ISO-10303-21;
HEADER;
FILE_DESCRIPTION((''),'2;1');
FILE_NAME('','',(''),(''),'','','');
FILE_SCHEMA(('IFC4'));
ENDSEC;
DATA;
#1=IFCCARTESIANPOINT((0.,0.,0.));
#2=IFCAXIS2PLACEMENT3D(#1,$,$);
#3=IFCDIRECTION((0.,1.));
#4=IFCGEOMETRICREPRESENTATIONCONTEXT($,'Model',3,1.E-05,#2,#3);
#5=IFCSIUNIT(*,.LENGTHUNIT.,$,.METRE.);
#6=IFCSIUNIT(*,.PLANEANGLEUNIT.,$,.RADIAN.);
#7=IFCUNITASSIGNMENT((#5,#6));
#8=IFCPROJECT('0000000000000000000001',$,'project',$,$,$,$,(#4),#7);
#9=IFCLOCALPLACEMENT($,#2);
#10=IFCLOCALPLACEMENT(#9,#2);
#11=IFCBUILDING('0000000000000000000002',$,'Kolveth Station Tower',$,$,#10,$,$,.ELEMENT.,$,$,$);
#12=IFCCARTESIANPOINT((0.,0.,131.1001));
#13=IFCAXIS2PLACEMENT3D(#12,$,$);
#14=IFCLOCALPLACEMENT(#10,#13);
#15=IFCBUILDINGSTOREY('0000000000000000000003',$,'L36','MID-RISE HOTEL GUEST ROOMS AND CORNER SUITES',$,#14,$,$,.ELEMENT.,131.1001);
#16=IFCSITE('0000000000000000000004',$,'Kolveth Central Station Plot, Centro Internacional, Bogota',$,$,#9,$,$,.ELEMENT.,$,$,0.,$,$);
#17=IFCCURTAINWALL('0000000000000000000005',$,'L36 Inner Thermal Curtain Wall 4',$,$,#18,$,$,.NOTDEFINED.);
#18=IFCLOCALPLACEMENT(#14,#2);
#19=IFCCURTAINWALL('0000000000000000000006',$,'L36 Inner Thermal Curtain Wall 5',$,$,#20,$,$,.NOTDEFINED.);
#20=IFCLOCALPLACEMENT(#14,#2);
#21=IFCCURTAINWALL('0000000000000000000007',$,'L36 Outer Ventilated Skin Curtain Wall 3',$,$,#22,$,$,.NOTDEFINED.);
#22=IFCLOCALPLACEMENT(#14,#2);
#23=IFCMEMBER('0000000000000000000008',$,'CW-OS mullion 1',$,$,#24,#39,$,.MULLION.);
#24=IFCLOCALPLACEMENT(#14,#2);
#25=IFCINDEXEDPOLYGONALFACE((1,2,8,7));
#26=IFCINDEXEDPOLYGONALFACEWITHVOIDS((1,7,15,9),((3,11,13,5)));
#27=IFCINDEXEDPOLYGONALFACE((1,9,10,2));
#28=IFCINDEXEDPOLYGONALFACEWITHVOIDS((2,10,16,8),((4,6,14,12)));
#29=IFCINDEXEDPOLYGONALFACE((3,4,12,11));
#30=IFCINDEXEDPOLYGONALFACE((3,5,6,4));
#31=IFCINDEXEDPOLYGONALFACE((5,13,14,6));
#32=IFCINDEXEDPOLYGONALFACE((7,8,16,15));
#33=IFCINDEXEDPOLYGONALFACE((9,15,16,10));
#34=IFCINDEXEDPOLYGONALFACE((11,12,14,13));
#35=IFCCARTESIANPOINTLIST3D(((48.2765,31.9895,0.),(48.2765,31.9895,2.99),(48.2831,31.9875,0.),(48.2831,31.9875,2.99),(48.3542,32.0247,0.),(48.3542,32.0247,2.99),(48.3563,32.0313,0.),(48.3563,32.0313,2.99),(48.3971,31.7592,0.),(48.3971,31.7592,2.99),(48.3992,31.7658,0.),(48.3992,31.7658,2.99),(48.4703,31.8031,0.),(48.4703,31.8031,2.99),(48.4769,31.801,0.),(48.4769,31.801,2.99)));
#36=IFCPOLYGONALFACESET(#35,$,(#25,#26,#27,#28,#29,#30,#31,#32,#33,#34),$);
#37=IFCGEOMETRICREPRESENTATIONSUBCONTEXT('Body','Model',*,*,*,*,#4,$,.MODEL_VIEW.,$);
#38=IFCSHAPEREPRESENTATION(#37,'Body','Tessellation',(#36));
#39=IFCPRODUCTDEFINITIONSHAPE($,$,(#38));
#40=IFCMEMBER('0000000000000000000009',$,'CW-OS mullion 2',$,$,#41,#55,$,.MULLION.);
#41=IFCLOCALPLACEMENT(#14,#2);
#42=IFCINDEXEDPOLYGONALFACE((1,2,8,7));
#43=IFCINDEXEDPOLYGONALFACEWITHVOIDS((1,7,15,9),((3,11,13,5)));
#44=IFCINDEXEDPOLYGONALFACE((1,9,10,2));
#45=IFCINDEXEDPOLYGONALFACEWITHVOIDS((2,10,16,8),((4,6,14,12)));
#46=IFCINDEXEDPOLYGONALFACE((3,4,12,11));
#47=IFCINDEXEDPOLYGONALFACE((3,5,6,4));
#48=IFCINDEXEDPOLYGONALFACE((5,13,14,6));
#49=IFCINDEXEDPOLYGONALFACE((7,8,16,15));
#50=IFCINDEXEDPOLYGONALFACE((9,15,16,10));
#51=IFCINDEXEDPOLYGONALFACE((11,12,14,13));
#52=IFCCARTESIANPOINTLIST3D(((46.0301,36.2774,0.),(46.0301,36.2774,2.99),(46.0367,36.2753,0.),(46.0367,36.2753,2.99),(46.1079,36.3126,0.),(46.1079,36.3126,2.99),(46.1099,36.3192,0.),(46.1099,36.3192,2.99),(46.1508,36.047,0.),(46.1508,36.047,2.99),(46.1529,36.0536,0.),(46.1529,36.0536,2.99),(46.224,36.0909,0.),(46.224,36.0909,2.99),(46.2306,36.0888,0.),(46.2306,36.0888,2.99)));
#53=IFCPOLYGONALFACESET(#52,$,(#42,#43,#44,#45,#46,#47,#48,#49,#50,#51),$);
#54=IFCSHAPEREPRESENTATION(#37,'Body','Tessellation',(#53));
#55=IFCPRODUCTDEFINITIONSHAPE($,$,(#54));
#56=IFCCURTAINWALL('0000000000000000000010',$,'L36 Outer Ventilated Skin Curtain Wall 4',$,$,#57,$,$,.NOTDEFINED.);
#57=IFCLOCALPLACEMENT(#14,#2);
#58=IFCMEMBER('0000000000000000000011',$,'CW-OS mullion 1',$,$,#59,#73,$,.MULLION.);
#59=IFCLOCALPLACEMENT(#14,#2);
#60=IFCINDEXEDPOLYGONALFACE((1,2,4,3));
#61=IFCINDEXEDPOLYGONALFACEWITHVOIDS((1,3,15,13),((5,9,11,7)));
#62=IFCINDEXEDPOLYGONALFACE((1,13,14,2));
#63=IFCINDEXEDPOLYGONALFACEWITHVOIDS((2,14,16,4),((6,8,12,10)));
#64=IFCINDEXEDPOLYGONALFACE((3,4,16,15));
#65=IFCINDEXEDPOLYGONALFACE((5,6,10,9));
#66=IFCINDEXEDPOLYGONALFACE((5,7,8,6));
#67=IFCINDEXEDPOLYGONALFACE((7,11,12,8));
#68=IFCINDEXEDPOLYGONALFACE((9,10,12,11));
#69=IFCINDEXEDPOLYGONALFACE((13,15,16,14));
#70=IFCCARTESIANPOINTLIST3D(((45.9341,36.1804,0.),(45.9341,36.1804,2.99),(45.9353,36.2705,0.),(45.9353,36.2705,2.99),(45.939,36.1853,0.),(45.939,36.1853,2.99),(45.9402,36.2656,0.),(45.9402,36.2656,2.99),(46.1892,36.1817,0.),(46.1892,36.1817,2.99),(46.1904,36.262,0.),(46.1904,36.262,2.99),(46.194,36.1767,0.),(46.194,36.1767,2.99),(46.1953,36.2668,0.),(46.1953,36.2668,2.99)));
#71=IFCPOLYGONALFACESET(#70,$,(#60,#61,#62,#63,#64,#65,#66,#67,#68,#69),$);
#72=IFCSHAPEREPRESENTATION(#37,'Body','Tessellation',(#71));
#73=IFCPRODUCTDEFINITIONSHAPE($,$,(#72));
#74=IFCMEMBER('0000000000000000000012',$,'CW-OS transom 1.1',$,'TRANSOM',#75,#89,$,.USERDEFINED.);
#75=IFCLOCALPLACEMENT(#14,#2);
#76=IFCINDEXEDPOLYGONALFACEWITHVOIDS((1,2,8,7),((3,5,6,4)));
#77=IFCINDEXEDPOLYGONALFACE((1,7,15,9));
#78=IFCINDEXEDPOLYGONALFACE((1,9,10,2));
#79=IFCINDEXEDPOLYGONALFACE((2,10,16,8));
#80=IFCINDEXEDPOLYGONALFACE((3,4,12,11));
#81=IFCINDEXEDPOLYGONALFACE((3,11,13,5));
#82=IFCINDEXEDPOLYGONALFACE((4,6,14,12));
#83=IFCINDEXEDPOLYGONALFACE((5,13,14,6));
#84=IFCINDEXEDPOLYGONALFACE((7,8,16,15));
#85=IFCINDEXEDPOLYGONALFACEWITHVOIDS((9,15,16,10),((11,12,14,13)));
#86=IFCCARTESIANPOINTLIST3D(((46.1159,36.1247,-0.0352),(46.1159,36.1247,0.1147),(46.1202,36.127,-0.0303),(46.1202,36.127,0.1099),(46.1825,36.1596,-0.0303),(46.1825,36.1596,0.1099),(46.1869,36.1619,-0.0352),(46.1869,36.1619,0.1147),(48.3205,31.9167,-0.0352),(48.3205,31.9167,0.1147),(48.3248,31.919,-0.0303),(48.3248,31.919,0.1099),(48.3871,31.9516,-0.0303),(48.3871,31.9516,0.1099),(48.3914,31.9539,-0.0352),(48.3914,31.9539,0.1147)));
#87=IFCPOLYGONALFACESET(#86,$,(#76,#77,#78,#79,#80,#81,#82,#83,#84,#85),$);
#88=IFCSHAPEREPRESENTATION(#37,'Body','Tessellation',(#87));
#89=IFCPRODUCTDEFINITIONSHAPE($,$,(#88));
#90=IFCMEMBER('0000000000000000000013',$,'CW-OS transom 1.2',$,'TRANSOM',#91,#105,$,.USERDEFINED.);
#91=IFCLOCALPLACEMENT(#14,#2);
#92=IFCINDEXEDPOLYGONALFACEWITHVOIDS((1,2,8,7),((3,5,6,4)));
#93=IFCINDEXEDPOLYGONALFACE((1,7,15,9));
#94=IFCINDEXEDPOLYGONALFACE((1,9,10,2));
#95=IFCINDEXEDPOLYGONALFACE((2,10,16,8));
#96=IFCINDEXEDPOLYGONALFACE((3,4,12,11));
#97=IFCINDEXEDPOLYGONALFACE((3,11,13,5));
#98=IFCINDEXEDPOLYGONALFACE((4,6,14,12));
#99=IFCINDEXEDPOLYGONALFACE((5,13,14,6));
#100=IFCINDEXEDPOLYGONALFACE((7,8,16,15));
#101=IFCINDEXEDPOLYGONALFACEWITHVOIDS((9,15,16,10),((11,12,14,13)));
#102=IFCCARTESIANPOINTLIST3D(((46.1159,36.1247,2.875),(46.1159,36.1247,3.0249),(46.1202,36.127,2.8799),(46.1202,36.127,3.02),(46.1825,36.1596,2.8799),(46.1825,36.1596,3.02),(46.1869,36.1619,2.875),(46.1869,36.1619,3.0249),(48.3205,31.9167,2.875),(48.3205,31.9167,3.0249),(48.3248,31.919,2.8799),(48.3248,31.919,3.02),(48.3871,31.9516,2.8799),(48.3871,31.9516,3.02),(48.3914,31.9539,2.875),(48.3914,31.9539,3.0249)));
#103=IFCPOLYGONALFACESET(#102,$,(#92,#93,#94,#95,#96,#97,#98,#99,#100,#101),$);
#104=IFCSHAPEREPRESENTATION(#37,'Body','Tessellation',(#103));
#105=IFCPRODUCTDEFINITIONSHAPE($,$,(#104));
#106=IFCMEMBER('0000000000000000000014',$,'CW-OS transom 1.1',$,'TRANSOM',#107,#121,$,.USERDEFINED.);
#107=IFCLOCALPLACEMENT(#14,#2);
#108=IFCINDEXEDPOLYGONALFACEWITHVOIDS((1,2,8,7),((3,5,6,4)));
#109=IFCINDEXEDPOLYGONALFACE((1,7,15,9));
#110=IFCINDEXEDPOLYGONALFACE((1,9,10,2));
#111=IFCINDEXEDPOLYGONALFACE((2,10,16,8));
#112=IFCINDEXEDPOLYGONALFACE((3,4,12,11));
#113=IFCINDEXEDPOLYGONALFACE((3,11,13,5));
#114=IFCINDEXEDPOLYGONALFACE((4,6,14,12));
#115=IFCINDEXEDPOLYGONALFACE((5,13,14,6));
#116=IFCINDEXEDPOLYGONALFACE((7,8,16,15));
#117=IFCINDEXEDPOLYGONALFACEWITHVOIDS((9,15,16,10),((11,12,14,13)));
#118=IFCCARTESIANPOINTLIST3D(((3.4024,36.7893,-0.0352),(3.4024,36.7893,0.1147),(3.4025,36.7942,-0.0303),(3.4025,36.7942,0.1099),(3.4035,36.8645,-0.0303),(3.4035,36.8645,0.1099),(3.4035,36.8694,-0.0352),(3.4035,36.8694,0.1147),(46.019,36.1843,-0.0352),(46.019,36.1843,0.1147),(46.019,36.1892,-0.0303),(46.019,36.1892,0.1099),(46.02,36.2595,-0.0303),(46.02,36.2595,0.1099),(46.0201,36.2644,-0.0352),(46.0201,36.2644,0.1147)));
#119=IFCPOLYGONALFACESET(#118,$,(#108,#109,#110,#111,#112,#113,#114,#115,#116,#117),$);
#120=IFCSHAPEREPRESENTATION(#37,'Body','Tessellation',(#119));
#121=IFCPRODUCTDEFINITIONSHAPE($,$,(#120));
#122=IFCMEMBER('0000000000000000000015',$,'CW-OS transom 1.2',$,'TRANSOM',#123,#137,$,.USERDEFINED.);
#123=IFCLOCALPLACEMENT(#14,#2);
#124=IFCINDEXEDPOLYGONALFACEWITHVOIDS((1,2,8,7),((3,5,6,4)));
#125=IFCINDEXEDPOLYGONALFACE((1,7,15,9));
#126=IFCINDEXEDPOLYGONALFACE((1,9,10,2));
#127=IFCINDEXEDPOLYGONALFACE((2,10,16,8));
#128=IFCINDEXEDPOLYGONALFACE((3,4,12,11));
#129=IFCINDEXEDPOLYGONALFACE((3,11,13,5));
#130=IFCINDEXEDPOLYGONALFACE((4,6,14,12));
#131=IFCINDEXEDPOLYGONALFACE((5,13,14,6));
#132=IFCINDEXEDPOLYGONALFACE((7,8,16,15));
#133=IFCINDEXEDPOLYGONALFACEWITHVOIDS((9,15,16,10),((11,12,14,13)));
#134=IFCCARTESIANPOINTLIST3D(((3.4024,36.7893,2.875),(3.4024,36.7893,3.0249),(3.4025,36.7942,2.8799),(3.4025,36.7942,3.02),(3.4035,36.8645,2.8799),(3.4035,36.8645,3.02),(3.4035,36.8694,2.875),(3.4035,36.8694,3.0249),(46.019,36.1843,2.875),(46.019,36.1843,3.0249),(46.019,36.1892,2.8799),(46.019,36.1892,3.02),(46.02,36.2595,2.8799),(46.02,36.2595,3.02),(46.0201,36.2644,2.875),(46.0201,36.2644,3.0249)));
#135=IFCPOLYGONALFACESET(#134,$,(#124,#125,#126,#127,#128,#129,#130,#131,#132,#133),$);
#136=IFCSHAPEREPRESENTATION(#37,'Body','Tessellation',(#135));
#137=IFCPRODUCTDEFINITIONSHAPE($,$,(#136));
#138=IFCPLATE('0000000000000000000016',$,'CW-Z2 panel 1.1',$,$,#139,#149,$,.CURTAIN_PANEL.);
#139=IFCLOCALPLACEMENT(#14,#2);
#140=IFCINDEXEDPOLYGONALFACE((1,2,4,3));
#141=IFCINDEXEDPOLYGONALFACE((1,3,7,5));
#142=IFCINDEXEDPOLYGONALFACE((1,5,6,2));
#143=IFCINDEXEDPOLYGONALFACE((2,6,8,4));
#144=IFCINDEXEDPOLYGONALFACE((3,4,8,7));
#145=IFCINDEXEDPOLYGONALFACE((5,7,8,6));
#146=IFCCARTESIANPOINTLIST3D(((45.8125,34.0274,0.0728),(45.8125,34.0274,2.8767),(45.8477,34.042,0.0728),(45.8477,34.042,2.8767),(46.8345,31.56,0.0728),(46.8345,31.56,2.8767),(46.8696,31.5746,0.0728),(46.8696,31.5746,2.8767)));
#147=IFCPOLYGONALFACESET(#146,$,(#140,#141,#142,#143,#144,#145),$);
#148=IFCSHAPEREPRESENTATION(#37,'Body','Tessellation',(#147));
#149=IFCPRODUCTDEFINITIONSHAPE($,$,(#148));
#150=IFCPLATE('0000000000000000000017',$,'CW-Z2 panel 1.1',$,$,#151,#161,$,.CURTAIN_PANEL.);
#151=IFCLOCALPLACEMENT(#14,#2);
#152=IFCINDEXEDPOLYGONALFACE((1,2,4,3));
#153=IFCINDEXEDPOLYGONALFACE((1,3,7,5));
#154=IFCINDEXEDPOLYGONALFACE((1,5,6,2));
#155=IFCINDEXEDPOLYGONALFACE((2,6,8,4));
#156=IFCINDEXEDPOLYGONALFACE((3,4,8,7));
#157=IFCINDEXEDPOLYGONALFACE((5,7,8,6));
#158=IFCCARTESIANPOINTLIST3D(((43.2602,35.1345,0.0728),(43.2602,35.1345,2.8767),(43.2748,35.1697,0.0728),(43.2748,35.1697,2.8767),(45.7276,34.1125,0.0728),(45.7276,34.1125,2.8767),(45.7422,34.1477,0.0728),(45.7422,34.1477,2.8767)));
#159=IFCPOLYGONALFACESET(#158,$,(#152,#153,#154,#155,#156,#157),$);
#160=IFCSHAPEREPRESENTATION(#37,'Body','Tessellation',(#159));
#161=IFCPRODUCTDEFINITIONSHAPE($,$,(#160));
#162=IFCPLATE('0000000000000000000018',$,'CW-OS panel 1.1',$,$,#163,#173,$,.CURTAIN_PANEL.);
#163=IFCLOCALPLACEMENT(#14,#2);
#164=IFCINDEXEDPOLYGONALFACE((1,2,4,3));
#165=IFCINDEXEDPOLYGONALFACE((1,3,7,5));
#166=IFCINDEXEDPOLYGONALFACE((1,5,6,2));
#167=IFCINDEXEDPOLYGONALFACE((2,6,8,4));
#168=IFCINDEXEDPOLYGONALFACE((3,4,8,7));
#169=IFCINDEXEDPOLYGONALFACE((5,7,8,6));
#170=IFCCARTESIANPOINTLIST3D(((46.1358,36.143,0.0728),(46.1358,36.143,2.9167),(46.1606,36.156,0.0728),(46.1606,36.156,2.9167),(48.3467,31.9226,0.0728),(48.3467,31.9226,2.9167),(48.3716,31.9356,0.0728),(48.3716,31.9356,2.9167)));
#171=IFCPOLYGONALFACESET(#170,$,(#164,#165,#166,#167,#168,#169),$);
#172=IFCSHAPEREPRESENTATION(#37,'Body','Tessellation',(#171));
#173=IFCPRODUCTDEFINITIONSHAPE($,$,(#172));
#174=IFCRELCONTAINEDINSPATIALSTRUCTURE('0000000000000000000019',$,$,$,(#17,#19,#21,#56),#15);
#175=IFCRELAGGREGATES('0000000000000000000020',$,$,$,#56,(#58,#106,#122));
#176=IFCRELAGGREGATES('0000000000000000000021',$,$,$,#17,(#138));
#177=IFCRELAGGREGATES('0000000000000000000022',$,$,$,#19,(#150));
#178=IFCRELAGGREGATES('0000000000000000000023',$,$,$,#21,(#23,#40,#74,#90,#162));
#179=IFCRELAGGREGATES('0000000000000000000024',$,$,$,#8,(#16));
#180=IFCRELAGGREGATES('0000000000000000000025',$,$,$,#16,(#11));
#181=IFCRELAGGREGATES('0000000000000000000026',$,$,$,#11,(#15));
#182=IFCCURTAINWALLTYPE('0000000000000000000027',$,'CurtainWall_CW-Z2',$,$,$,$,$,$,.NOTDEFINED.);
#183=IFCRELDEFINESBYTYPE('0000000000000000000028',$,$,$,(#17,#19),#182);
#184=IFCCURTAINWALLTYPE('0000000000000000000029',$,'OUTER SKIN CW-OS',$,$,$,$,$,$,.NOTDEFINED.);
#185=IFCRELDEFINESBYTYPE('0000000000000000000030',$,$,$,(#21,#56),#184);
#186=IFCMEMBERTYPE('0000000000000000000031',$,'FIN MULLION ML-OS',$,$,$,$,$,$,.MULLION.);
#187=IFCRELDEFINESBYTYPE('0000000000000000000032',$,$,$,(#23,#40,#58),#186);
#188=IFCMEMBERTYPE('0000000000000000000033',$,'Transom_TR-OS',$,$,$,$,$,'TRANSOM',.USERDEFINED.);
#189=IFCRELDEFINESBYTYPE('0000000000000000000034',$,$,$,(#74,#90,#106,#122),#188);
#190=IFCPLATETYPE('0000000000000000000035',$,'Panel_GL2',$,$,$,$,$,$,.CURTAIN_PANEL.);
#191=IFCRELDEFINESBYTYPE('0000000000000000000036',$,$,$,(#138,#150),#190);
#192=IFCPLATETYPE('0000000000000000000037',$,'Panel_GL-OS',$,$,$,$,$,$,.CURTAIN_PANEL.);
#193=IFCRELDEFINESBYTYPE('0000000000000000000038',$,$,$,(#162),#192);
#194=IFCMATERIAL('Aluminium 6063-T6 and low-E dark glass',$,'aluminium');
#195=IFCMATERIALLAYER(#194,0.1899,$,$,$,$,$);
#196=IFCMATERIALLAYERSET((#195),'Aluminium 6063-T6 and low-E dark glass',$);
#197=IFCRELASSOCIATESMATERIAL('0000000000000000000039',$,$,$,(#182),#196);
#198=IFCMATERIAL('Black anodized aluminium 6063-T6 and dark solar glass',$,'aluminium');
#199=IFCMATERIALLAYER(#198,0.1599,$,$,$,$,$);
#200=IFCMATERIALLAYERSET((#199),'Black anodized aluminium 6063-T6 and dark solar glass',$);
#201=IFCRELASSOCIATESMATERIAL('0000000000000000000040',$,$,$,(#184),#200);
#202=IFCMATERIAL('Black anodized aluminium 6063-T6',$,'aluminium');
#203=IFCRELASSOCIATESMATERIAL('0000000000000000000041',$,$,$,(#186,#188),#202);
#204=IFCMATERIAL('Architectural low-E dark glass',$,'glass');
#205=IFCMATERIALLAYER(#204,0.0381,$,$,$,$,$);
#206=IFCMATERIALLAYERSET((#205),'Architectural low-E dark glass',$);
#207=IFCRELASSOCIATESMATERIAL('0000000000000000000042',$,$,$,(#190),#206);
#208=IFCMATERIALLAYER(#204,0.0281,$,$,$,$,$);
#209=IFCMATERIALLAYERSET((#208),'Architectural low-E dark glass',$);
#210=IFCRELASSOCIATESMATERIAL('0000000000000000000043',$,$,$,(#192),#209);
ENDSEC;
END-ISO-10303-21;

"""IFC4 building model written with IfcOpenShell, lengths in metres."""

from ifc_helpers import new_model, si_unit, direction, frame, origin, origin_2d, place, context, subcontext, project, spatial, rectangle, hollow_rectangle, extrude, source, transform, mapped, material, layer, layer_set, material_profile, profile_set, type_object, element, aggregate, save


model = new_model("IFC4")

# Units and contexts
model_context = context("Model", 3, precision=1e-05, world=origin(), true_north=direction((0.0, 1.0)))
body_context = subcontext(model_context, "Body", "Model", "MODEL_VIEW")
ifc_project = project(units=[si_unit("LENGTHUNIT", "METRE"), si_unit("PLANEANGLEUNIT", "RADIAN")], contexts=[model_context])

# Site, building, storey
site_placement = place(None, origin())
site = spatial("IfcSite", under=ifc_project, at=site_placement, Name="Kolveth Central Station Plot, Centro Internacional, Bogota", CompositionType="ELEMENT", RefElevation=0.0)
building_placement = place(site_placement, origin())
building = spatial("IfcBuilding", under=site, at=building_placement, Name="Kolveth Station Tower", CompositionType="ELEMENT")
storey_placement = place(building_placement, frame((0.0, 0.0, 131.1001)))
storey = spatial("IfcBuildingStorey", under=building, at=storey_placement, Name="L36", Description="MID-RISE HOTEL GUEST ROOMS AND CORNER SUITES", CompositionType="ELEMENT", Elevation=131.1001)

# Curtain wall
ifc_material_1 = material(Name="Aluminium 6063-T6 and low-E dark glass", Category="aluminium")
ifc_layer_1 = layer(ifc_material_1, 0.1899)
ifc_layer_set_1 = layer_set([ifc_layer_1], Name="Aluminium 6063-T6 and low-E dark glass")
curtain_wall_type_1 = type_object("IfcCurtainWallType", Name="CurtainWall_CW-Z2", PredefinedType="NOTDEFINED", material=ifc_layer_set_1)
curtain_wall_1_placement = place(storey_placement, origin())
curtain_wall_1 = element("IfcCurtainWall", 1, at=curtain_wall_1_placement, inside=storey, type_object=curtain_wall_type_1, Name="L36 Inner Thermal Curtain Wall 4", PredefinedType="NOTDEFINED")
ifc_material_2 = material(Name="Black anodized aluminium 6063-T6", Category="aluminium")

# Curtain wall
curtain_wall_2_placement = place(storey_placement, origin())
curtain_wall_2 = element("IfcCurtainWall", 2, at=curtain_wall_2_placement, inside=storey, type_object=curtain_wall_type_1, Name="L36 Inner Thermal Curtain Wall 5", PredefinedType="NOTDEFINED")

# Shared definitions
ifc_material_3 = material(Name="Black anodized aluminium 6063-T6 and dark solar glass", Category="aluminium")
ifc_layer_2 = layer(ifc_material_3, 0.1599)
ifc_layer_set_2 = layer_set([ifc_layer_2], Name="Black anodized aluminium 6063-T6 and dark solar glass")
curtain_wall_type_2 = type_object("IfcCurtainWallType", Name="OUTER SKIN CW-OS", PredefinedType="NOTDEFINED", material=ifc_layer_set_2)
ifc_material_profile_1 = material_profile(ifc_material_2, hollow_rectangle(XDim=0.0901, YDim=0.26, WallThickness=0.0049, at=origin_2d()), Name="ALU-90x260x5")
ifc_profile_set_1 = profile_set([ifc_material_profile_1], Name="Black anodized aluminium 6063-T6")
member_type_1 = type_object("IfcMemberType", Name="FIN MULLION ML-OS", PredefinedType="MULLION", material=ifc_profile_set_1)
shared_shape_1 = source(origin(), body_context, "Body", "SweptSolid", [
    extrude(hollow_rectangle(XDim=0.0901, YDim=0.26, WallThickness=0.0049, at=origin_2d()), origin(), (0.0, 0.0, 1.0), 2.99),
])

# Curtain wall, members
curtain_wall_3_placement = place(storey_placement, origin())
curtain_wall_3 = element("IfcCurtainWall", 3, at=curtain_wall_3_placement, inside=storey, type_object=curtain_wall_type_2, Name="L36 Outer Ventilated Skin Curtain Wall 3", PredefinedType="NOTDEFINED")
member_1_placement = place(storey_placement, frame((48.3767, 31.8953, 0.0), z_axis=(0.0, 0.0, 1.0), x_axis=(-0.88581, -0.464049, 0.0)))
member_1 = element("IfcMember", 4, at=member_1_placement, type_object=member_type_1, Name="CW-OS mullion 1", PredefinedType="MULLION", context=body_context, shape_type="MappedRepresentation", body=[
    mapped(shared_shape_1, transform((0.0, 0.0, 0.0), x_axis=(1.0, 0.0, 0.0), y_axis=(0.0, 1.0, 0.0), z_axis=(0.0, 0.0, 1.0), scale=1.0)),
])
member_2_placement = place(storey_placement, frame((46.1304, 36.1831, 0.0), z_axis=(0.0, 0.0, 1.0), x_axis=(-0.88581, -0.464049, 0.0)))
member_2 = element("IfcMember", 5, at=member_2_placement, type_object=member_type_1, Name="CW-OS mullion 2", PredefinedType="MULLION", context=body_context, shape_type="MappedRepresentation", body=[
    mapped(shared_shape_1, transform((0.0, 0.0, 0.0), x_axis=(1.0, 0.0, 0.0), y_axis=(0.0, 1.0, 0.0), z_axis=(0.0, 0.0, 1.0), scale=1.0)),
])

# Curtain wall, member
curtain_wall_4_placement = place(storey_placement, origin())
curtain_wall_4 = element("IfcCurtainWall", 6, at=curtain_wall_4_placement, inside=storey, type_object=curtain_wall_type_2, Name="L36 Outer Ventilated Skin Curtain Wall 4", PredefinedType="NOTDEFINED")
member_3_placement = place(storey_placement, frame((46.0647, 36.2236, 0.0), z_axis=(0.0, 0.0, 1.0), x_axis=(-0.014196, -0.999899, 0.0)))
member_3 = element("IfcMember", 7, at=member_3_placement, type_object=member_type_1, Name="CW-OS mullion 1", PredefinedType="MULLION", context=body_context, shape_type="MappedRepresentation", body=[
    mapped(shared_shape_1, transform((0.0, 0.0, 0.0), x_axis=(1.0, 0.0, 0.0), y_axis=(0.0, 1.0, 0.0), z_axis=(0.0, 0.0, 1.0), scale=1.0)),
])

# Members
ifc_material_profile_2 = material_profile(ifc_material_2, hollow_rectangle(XDim=0.0801, YDim=0.1499, WallThickness=0.0049, at=origin_2d()), Name="ALU-80x150x5")
ifc_profile_set_2 = profile_set([ifc_material_profile_2], Name="Black anodized aluminium 6063-T6")
member_type_2 = type_object("IfcMemberType", Name="Transom_TR-OS", ElementType="TRANSOM", PredefinedType="USERDEFINED", material=ifc_profile_set_2)
shared_shape_2 = source(origin(), body_context, "Body", "SweptSolid", [
    extrude(hollow_rectangle(XDim=0.0801, YDim=0.1499, WallThickness=0.0049, at=origin_2d()), origin(), (0.0, 0.0, 1.0), 4.7505),
])
member_4_placement = place(storey_placement, frame((48.356, 31.9353, 0.0398), z_axis=(-0.464072, 0.885797, 0.0), x_axis=(-0.885797, -0.464072, 0.0)))
member_4 = element("IfcMember", 8, at=member_4_placement, type_object=member_type_2, Name="CW-OS transom 1.1", ObjectType="TRANSOM", PredefinedType="USERDEFINED", context=body_context, shape_type="MappedRepresentation", body=[
    mapped(shared_shape_2, transform((0.0, 0.0, 0.0), x_axis=(1.0, 0.0, 0.0), y_axis=(0.0, 1.0, 0.0), z_axis=(0.0, 0.0, 1.0), scale=1.0)),
])
member_5_placement = place(storey_placement, frame((48.356, 31.9353, 2.95), z_axis=(-0.464072, 0.885797, 0.0), x_axis=(-0.885797, -0.464072, 0.0)))
member_5 = element("IfcMember", 9, at=member_5_placement, type_object=member_type_2, Name="CW-OS transom 1.2", ObjectType="TRANSOM", PredefinedType="USERDEFINED", context=body_context, shape_type="MappedRepresentation", body=[
    mapped(shared_shape_2, transform((0.0, 0.0, 0.0), x_axis=(1.0, 0.0, 0.0), y_axis=(0.0, 1.0, 0.0), z_axis=(0.0, 0.0, 1.0), scale=1.0)),
])
shared_shape_3 = source(origin(), body_context, "Body", "SweptSolid", [
    extrude(hollow_rectangle(XDim=0.0801, YDim=0.1499, WallThickness=0.0049, at=origin_2d()), origin(), (0.0, 0.0, 1.0), 42.6208),
])
member_6_placement = place(storey_placement, frame((46.0195, 36.2244, 0.0398), z_axis=(-0.999899, 0.014195, 0.0), x_axis=(-0.014195, -0.999899, 0.0)))
member_6 = element("IfcMember", 10, at=member_6_placement, type_object=member_type_2, Name="CW-OS transom 1.1", ObjectType="TRANSOM", PredefinedType="USERDEFINED", context=body_context, shape_type="MappedRepresentation", body=[
    mapped(shared_shape_3, transform((0.0, 0.0, 0.0), x_axis=(1.0, 0.0, 0.0), y_axis=(0.0, 1.0, 0.0), z_axis=(0.0, 0.0, 1.0), scale=1.0)),
])
member_7_placement = place(storey_placement, frame((46.0195, 36.2244, 2.95), z_axis=(-0.999899, 0.014195, 0.0), x_axis=(-0.014195, -0.999899, 0.0)))
member_7 = element("IfcMember", 11, at=member_7_placement, type_object=member_type_2, Name="CW-OS transom 1.2", ObjectType="TRANSOM", PredefinedType="USERDEFINED", context=body_context, shape_type="MappedRepresentation", body=[
    mapped(shared_shape_3, transform((0.0, 0.0, 0.0), x_axis=(1.0, 0.0, 0.0), y_axis=(0.0, 1.0, 0.0), z_axis=(0.0, 0.0, 1.0), scale=1.0)),
])
aggregate(curtain_wall_4, [member_3, member_6, member_7])

# Plates
ifc_material_4 = material(Name="Architectural low-E dark glass", Category="glass")
ifc_layer_3 = layer(ifc_material_4, 0.0381)
ifc_layer_set_3 = layer_set([ifc_layer_3], Name="Architectural low-E dark glass")
plate_type_1 = type_object("IfcPlateType", Name="Panel_GL2", PredefinedType="CURTAIN_PANEL", material=ifc_layer_set_3)
shared_shape_4 = source(origin(), body_context, "Body", "SweptSolid", [
    extrude(rectangle(XDim=2.6707, YDim=0.0381, at=origin_2d()), origin(), (0.0, 0.0, 1.0), 2.804),
])
plate_1_placement = place(storey_placement, frame((46.3411, 32.801, 0.0728), z_axis=(0.0, 0.0, 1.0), x_axis=(-0.382663, 0.923888, 0.0)))
plate_1 = element("IfcPlate", 12, at=plate_1_placement, type_object=plate_type_1, Name="CW-Z2 panel 1.1", PredefinedType="CURTAIN_PANEL", context=body_context, shape_type="MappedRepresentation", body=[
    mapped(shared_shape_4, transform((0.0, 0.0, 0.0), x_axis=(1.0, 0.0, 0.0), y_axis=(0.0, 1.0, 0.0), z_axis=(0.0, 0.0, 1.0), scale=1.0)),
])
aggregate(curtain_wall_1, [plate_1])
plate_2_placement = place(storey_placement, frame((44.5012, 34.6411, 0.0728), z_axis=(0.0, 0.0, 1.0), x_axis=(-0.923888, 0.382663, 0.0)))
plate_2 = element("IfcPlate", 13, at=plate_2_placement, type_object=plate_type_1, Name="CW-Z2 panel 1.1", PredefinedType="CURTAIN_PANEL", context=body_context, shape_type="MappedRepresentation", body=[
    mapped(shared_shape_4, transform((0.0, 0.0, 0.0), x_axis=(1.0, 0.0, 0.0), y_axis=(0.0, 1.0, 0.0), z_axis=(0.0, 0.0, 1.0), scale=1.0)),
])
aggregate(curtain_wall_2, [plate_2])
ifc_layer_4 = layer(ifc_material_4, 0.0281)
ifc_layer_set_4 = layer_set([ifc_layer_4], Name="Architectural low-E dark glass")
plate_type_2 = type_object("IfcPlateType", Name="Panel_GL-OS", PredefinedType="CURTAIN_PANEL", material=ifc_layer_set_4)
shared_shape_5 = source(origin(), body_context, "Body", "SweptSolid", [
    extrude(rectangle(XDim=4.7644, YDim=0.0281, at=origin_2d()), origin(), (0.0, 0.0, 1.0), 2.844),
])
plate_3_placement = place(storey_placement, frame((47.2537, 34.0393, 0.0728), z_axis=(0.0, 0.0, 1.0), x_axis=(-0.464049, 0.88581, 0.0)))
plate_3 = element("IfcPlate", 14, at=plate_3_placement, type_object=plate_type_2, Name="CW-OS panel 1.1", PredefinedType="CURTAIN_PANEL", context=body_context, shape_type="MappedRepresentation", body=[
    mapped(shared_shape_5, transform((0.0, 0.0, 0.0), x_axis=(1.0, 0.0, 0.0), y_axis=(0.0, 1.0, 0.0), z_axis=(0.0, 0.0, 1.0), scale=1.0)),
])
aggregate(curtain_wall_3, [member_1, member_2, member_4, member_5, plate_3])

save(model, "model.ifc")
